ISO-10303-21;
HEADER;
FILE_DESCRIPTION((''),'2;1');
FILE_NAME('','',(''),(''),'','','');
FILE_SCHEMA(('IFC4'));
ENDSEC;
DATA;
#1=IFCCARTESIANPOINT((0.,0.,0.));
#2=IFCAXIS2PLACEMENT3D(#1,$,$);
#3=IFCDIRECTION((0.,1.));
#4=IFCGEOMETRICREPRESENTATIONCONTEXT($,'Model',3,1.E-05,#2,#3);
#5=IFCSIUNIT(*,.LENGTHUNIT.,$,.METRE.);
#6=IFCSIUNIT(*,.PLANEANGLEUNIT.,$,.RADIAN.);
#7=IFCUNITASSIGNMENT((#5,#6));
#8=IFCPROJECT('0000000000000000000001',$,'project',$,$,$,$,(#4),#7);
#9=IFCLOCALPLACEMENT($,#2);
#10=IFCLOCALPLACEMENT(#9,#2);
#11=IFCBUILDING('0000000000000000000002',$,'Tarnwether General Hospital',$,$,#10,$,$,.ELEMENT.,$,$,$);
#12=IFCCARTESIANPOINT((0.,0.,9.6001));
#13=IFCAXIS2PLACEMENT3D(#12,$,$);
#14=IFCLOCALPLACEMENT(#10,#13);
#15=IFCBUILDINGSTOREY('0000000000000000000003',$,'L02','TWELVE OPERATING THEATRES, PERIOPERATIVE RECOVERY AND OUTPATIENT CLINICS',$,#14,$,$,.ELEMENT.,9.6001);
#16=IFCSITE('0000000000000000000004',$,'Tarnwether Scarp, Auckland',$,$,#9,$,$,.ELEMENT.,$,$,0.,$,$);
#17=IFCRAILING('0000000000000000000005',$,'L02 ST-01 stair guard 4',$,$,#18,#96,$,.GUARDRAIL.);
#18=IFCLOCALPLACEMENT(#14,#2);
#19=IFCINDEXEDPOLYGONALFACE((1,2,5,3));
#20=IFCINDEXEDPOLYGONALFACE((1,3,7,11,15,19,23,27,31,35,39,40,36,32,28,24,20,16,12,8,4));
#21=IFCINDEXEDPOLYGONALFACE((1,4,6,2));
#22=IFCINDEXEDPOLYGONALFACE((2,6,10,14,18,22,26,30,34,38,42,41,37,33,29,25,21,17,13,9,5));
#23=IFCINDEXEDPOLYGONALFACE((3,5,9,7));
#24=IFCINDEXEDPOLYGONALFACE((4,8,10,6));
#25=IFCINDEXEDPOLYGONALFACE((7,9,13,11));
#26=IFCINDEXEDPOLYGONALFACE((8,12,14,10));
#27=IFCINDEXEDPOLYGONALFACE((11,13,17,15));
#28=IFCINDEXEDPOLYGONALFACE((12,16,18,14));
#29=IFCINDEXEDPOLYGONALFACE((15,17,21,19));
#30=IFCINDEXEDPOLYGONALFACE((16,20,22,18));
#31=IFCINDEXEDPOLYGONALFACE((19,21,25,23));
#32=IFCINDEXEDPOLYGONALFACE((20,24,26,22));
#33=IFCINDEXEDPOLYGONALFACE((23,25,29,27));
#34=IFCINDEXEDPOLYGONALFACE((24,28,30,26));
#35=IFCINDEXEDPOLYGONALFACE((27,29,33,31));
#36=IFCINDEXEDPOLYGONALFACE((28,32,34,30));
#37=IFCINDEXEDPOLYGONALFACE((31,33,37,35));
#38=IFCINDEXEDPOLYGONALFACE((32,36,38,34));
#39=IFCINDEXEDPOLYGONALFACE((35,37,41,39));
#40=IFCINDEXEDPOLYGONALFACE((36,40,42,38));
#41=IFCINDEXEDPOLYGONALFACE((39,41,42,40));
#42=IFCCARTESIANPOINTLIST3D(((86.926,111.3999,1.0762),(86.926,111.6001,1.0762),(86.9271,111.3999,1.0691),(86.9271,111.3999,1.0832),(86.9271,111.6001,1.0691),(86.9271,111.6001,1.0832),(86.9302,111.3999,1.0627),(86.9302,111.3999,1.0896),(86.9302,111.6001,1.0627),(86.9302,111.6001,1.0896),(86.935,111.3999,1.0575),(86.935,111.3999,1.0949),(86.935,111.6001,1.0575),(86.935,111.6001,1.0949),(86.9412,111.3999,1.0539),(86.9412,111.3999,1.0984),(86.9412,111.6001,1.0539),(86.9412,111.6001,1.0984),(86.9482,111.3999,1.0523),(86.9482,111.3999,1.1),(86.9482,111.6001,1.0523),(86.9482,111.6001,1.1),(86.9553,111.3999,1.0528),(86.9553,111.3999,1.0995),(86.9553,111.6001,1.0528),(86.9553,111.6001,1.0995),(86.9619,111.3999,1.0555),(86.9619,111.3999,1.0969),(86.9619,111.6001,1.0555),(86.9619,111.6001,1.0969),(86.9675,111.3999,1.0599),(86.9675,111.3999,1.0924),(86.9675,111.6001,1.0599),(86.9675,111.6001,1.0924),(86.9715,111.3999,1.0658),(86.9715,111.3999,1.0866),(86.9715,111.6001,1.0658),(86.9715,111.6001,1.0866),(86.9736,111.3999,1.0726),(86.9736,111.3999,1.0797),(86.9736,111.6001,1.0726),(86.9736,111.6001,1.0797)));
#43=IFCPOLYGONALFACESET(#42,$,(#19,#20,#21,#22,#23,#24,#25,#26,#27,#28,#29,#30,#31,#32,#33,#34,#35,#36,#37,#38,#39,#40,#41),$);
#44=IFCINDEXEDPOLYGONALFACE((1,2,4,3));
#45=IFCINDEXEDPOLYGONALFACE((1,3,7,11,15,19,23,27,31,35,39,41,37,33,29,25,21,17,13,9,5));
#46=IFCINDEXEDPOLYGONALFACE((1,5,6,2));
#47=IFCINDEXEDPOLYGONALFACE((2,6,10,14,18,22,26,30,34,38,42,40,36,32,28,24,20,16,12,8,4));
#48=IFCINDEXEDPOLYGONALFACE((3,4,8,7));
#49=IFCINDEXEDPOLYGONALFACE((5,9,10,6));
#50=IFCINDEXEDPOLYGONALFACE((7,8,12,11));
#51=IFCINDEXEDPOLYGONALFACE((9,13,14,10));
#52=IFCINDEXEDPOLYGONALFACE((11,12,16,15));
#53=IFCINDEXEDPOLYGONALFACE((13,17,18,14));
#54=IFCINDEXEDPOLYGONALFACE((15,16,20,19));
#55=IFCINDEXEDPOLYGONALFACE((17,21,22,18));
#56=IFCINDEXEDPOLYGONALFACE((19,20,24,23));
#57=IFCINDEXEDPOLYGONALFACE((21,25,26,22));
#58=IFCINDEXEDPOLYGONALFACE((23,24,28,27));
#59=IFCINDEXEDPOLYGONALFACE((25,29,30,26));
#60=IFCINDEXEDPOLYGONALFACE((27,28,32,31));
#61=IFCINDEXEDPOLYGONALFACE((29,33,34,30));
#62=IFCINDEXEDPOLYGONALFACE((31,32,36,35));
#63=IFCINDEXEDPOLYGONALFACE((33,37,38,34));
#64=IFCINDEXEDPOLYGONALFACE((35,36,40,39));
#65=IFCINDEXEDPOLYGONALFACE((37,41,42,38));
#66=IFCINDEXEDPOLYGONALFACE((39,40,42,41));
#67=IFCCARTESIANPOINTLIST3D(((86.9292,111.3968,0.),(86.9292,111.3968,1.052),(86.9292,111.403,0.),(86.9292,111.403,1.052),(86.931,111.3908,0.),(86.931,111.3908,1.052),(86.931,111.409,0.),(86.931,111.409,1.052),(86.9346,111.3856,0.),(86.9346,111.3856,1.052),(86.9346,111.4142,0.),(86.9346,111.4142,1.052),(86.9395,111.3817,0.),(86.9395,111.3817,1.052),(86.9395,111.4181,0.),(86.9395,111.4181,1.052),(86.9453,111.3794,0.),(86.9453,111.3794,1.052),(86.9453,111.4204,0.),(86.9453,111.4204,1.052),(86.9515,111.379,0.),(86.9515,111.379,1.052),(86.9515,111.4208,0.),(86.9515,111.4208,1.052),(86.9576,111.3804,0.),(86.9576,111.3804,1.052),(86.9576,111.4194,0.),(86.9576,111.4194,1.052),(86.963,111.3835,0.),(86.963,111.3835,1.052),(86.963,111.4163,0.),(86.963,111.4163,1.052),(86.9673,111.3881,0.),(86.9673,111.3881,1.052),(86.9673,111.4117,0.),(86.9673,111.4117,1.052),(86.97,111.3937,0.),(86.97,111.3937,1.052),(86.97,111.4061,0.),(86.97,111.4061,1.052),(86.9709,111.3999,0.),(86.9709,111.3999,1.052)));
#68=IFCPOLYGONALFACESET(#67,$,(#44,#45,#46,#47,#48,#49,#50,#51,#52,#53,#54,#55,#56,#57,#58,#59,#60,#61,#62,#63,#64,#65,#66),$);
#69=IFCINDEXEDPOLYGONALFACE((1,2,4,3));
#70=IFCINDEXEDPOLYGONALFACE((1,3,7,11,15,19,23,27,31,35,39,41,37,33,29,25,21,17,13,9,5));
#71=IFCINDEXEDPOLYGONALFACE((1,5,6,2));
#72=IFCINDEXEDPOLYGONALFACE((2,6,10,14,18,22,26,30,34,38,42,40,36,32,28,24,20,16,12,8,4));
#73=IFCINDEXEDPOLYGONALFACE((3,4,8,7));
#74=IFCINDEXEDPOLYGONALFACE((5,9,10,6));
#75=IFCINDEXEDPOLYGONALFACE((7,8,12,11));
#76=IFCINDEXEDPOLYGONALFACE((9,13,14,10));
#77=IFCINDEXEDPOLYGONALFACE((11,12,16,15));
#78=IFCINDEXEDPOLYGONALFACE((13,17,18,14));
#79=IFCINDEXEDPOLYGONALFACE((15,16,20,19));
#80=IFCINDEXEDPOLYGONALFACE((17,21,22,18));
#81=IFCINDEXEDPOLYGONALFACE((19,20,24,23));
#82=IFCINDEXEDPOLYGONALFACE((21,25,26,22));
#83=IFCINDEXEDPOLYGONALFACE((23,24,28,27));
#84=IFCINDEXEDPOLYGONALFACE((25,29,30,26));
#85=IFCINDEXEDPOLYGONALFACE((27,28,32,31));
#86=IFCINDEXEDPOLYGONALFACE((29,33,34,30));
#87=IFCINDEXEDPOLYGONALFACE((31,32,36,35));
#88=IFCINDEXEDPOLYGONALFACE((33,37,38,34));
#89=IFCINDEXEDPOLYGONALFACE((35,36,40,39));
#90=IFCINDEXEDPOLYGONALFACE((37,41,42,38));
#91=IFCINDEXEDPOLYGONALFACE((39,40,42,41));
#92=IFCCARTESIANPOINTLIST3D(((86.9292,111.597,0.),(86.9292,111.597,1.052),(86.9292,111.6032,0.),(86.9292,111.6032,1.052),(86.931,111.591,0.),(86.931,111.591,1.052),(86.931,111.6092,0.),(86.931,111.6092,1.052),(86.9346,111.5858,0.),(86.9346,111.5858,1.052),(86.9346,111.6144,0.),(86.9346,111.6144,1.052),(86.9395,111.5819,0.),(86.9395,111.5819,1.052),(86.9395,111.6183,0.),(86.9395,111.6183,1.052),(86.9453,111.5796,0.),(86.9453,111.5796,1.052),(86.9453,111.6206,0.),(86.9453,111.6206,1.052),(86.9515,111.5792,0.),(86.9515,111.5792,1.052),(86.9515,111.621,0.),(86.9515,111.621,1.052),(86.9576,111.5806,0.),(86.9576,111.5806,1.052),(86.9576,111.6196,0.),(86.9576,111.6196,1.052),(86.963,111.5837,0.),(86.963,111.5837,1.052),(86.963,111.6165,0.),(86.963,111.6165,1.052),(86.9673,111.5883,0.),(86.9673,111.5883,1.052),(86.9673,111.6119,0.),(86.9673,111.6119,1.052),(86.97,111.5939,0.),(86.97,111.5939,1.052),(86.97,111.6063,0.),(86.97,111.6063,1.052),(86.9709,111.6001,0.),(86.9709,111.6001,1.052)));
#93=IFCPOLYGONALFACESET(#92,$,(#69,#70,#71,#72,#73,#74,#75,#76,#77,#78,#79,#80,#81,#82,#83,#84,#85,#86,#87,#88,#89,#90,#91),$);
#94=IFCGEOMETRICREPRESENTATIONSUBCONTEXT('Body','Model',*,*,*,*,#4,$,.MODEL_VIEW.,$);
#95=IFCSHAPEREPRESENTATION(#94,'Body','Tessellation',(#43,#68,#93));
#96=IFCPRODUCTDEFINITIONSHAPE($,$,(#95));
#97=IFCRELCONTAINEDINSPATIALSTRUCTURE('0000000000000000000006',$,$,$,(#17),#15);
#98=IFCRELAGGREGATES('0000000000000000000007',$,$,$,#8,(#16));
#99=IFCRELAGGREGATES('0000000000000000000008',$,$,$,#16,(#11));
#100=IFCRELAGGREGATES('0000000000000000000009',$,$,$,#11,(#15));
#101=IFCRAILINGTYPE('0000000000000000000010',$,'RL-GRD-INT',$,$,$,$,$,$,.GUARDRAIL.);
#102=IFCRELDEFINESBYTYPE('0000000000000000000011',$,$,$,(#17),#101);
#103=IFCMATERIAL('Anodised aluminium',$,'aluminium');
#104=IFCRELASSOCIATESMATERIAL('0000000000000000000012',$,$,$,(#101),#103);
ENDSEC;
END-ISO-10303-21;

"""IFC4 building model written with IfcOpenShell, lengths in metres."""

from ifc_helpers import new_model, si_unit, direction, frame, origin, origin_2d, place, context, subcontext, project, spatial, circle, extrude, material, type_object, element, save


model = new_model("IFC4")

# Units and contexts
model_context = context("Model", 3, precision=1e-05, world=origin(), true_north=direction((0.0, 1.0)))
body_context = subcontext(model_context, "Body", "Model", "MODEL_VIEW")
ifc_project = project(units=[si_unit("LENGTHUNIT", "METRE"), si_unit("PLANEANGLEUNIT", "RADIAN")], contexts=[model_context])

# Site, building, storey
site_placement = place(None, origin())
site = spatial("IfcSite", under=ifc_project, at=site_placement, Name="Tarnwether Scarp, Auckland", CompositionType="ELEMENT", RefElevation=0.0)
building_placement = place(site_placement, origin())
building = spatial("IfcBuilding", under=site, at=building_placement, Name="Tarnwether General Hospital", CompositionType="ELEMENT")
storey_placement = place(building_placement, frame((0.0, 0.0, 9.6001)))
storey = spatial("IfcBuildingStorey", under=building, at=storey_placement, Name="L02", Description="TWELVE OPERATING THEATRES, PERIOPERATIVE RECOVERY AND OUTPATIENT CLINICS", CompositionType="ELEMENT", Elevation=9.6001)

# Railing
ifc_material_1 = material(Name="Anodised aluminium", Category="aluminium")
railing_type_1 = type_object("IfcRailingType", Name="RL-GRD-INT", PredefinedType="GUARDRAIL", material=ifc_material_1)
railing_1_placement = place(storey_placement, frame((86.95, 111.3999, 0.0)))
element("IfcRailing", 1, at=railing_1_placement, inside=storey, type_object=railing_type_1, Name="L02 ST-01 stair guard 4", PredefinedType="GUARDRAIL", context=body_context, shape_type="SweptSolid", body=[
    extrude(circle(Radius=0.0239, at=origin_2d()), frame((0.0, 0.0, 1.0762), z_axis=(0.0, 1.0, 0.0), x_axis=(-1.0, 0.0, 0.0)), (0.0, 0.0, 1.0), 0.2002),
    extrude(circle(Radius=0.021, at=origin_2d()), origin(), (0.0, 0.0, 1.0), 1.052),
    extrude(circle(Radius=0.021, at=origin_2d()), frame((0.0, 0.2002, 0.0)), (0.0, 0.0, 1.0), 1.052),
])

save(model, "model.ifc")
